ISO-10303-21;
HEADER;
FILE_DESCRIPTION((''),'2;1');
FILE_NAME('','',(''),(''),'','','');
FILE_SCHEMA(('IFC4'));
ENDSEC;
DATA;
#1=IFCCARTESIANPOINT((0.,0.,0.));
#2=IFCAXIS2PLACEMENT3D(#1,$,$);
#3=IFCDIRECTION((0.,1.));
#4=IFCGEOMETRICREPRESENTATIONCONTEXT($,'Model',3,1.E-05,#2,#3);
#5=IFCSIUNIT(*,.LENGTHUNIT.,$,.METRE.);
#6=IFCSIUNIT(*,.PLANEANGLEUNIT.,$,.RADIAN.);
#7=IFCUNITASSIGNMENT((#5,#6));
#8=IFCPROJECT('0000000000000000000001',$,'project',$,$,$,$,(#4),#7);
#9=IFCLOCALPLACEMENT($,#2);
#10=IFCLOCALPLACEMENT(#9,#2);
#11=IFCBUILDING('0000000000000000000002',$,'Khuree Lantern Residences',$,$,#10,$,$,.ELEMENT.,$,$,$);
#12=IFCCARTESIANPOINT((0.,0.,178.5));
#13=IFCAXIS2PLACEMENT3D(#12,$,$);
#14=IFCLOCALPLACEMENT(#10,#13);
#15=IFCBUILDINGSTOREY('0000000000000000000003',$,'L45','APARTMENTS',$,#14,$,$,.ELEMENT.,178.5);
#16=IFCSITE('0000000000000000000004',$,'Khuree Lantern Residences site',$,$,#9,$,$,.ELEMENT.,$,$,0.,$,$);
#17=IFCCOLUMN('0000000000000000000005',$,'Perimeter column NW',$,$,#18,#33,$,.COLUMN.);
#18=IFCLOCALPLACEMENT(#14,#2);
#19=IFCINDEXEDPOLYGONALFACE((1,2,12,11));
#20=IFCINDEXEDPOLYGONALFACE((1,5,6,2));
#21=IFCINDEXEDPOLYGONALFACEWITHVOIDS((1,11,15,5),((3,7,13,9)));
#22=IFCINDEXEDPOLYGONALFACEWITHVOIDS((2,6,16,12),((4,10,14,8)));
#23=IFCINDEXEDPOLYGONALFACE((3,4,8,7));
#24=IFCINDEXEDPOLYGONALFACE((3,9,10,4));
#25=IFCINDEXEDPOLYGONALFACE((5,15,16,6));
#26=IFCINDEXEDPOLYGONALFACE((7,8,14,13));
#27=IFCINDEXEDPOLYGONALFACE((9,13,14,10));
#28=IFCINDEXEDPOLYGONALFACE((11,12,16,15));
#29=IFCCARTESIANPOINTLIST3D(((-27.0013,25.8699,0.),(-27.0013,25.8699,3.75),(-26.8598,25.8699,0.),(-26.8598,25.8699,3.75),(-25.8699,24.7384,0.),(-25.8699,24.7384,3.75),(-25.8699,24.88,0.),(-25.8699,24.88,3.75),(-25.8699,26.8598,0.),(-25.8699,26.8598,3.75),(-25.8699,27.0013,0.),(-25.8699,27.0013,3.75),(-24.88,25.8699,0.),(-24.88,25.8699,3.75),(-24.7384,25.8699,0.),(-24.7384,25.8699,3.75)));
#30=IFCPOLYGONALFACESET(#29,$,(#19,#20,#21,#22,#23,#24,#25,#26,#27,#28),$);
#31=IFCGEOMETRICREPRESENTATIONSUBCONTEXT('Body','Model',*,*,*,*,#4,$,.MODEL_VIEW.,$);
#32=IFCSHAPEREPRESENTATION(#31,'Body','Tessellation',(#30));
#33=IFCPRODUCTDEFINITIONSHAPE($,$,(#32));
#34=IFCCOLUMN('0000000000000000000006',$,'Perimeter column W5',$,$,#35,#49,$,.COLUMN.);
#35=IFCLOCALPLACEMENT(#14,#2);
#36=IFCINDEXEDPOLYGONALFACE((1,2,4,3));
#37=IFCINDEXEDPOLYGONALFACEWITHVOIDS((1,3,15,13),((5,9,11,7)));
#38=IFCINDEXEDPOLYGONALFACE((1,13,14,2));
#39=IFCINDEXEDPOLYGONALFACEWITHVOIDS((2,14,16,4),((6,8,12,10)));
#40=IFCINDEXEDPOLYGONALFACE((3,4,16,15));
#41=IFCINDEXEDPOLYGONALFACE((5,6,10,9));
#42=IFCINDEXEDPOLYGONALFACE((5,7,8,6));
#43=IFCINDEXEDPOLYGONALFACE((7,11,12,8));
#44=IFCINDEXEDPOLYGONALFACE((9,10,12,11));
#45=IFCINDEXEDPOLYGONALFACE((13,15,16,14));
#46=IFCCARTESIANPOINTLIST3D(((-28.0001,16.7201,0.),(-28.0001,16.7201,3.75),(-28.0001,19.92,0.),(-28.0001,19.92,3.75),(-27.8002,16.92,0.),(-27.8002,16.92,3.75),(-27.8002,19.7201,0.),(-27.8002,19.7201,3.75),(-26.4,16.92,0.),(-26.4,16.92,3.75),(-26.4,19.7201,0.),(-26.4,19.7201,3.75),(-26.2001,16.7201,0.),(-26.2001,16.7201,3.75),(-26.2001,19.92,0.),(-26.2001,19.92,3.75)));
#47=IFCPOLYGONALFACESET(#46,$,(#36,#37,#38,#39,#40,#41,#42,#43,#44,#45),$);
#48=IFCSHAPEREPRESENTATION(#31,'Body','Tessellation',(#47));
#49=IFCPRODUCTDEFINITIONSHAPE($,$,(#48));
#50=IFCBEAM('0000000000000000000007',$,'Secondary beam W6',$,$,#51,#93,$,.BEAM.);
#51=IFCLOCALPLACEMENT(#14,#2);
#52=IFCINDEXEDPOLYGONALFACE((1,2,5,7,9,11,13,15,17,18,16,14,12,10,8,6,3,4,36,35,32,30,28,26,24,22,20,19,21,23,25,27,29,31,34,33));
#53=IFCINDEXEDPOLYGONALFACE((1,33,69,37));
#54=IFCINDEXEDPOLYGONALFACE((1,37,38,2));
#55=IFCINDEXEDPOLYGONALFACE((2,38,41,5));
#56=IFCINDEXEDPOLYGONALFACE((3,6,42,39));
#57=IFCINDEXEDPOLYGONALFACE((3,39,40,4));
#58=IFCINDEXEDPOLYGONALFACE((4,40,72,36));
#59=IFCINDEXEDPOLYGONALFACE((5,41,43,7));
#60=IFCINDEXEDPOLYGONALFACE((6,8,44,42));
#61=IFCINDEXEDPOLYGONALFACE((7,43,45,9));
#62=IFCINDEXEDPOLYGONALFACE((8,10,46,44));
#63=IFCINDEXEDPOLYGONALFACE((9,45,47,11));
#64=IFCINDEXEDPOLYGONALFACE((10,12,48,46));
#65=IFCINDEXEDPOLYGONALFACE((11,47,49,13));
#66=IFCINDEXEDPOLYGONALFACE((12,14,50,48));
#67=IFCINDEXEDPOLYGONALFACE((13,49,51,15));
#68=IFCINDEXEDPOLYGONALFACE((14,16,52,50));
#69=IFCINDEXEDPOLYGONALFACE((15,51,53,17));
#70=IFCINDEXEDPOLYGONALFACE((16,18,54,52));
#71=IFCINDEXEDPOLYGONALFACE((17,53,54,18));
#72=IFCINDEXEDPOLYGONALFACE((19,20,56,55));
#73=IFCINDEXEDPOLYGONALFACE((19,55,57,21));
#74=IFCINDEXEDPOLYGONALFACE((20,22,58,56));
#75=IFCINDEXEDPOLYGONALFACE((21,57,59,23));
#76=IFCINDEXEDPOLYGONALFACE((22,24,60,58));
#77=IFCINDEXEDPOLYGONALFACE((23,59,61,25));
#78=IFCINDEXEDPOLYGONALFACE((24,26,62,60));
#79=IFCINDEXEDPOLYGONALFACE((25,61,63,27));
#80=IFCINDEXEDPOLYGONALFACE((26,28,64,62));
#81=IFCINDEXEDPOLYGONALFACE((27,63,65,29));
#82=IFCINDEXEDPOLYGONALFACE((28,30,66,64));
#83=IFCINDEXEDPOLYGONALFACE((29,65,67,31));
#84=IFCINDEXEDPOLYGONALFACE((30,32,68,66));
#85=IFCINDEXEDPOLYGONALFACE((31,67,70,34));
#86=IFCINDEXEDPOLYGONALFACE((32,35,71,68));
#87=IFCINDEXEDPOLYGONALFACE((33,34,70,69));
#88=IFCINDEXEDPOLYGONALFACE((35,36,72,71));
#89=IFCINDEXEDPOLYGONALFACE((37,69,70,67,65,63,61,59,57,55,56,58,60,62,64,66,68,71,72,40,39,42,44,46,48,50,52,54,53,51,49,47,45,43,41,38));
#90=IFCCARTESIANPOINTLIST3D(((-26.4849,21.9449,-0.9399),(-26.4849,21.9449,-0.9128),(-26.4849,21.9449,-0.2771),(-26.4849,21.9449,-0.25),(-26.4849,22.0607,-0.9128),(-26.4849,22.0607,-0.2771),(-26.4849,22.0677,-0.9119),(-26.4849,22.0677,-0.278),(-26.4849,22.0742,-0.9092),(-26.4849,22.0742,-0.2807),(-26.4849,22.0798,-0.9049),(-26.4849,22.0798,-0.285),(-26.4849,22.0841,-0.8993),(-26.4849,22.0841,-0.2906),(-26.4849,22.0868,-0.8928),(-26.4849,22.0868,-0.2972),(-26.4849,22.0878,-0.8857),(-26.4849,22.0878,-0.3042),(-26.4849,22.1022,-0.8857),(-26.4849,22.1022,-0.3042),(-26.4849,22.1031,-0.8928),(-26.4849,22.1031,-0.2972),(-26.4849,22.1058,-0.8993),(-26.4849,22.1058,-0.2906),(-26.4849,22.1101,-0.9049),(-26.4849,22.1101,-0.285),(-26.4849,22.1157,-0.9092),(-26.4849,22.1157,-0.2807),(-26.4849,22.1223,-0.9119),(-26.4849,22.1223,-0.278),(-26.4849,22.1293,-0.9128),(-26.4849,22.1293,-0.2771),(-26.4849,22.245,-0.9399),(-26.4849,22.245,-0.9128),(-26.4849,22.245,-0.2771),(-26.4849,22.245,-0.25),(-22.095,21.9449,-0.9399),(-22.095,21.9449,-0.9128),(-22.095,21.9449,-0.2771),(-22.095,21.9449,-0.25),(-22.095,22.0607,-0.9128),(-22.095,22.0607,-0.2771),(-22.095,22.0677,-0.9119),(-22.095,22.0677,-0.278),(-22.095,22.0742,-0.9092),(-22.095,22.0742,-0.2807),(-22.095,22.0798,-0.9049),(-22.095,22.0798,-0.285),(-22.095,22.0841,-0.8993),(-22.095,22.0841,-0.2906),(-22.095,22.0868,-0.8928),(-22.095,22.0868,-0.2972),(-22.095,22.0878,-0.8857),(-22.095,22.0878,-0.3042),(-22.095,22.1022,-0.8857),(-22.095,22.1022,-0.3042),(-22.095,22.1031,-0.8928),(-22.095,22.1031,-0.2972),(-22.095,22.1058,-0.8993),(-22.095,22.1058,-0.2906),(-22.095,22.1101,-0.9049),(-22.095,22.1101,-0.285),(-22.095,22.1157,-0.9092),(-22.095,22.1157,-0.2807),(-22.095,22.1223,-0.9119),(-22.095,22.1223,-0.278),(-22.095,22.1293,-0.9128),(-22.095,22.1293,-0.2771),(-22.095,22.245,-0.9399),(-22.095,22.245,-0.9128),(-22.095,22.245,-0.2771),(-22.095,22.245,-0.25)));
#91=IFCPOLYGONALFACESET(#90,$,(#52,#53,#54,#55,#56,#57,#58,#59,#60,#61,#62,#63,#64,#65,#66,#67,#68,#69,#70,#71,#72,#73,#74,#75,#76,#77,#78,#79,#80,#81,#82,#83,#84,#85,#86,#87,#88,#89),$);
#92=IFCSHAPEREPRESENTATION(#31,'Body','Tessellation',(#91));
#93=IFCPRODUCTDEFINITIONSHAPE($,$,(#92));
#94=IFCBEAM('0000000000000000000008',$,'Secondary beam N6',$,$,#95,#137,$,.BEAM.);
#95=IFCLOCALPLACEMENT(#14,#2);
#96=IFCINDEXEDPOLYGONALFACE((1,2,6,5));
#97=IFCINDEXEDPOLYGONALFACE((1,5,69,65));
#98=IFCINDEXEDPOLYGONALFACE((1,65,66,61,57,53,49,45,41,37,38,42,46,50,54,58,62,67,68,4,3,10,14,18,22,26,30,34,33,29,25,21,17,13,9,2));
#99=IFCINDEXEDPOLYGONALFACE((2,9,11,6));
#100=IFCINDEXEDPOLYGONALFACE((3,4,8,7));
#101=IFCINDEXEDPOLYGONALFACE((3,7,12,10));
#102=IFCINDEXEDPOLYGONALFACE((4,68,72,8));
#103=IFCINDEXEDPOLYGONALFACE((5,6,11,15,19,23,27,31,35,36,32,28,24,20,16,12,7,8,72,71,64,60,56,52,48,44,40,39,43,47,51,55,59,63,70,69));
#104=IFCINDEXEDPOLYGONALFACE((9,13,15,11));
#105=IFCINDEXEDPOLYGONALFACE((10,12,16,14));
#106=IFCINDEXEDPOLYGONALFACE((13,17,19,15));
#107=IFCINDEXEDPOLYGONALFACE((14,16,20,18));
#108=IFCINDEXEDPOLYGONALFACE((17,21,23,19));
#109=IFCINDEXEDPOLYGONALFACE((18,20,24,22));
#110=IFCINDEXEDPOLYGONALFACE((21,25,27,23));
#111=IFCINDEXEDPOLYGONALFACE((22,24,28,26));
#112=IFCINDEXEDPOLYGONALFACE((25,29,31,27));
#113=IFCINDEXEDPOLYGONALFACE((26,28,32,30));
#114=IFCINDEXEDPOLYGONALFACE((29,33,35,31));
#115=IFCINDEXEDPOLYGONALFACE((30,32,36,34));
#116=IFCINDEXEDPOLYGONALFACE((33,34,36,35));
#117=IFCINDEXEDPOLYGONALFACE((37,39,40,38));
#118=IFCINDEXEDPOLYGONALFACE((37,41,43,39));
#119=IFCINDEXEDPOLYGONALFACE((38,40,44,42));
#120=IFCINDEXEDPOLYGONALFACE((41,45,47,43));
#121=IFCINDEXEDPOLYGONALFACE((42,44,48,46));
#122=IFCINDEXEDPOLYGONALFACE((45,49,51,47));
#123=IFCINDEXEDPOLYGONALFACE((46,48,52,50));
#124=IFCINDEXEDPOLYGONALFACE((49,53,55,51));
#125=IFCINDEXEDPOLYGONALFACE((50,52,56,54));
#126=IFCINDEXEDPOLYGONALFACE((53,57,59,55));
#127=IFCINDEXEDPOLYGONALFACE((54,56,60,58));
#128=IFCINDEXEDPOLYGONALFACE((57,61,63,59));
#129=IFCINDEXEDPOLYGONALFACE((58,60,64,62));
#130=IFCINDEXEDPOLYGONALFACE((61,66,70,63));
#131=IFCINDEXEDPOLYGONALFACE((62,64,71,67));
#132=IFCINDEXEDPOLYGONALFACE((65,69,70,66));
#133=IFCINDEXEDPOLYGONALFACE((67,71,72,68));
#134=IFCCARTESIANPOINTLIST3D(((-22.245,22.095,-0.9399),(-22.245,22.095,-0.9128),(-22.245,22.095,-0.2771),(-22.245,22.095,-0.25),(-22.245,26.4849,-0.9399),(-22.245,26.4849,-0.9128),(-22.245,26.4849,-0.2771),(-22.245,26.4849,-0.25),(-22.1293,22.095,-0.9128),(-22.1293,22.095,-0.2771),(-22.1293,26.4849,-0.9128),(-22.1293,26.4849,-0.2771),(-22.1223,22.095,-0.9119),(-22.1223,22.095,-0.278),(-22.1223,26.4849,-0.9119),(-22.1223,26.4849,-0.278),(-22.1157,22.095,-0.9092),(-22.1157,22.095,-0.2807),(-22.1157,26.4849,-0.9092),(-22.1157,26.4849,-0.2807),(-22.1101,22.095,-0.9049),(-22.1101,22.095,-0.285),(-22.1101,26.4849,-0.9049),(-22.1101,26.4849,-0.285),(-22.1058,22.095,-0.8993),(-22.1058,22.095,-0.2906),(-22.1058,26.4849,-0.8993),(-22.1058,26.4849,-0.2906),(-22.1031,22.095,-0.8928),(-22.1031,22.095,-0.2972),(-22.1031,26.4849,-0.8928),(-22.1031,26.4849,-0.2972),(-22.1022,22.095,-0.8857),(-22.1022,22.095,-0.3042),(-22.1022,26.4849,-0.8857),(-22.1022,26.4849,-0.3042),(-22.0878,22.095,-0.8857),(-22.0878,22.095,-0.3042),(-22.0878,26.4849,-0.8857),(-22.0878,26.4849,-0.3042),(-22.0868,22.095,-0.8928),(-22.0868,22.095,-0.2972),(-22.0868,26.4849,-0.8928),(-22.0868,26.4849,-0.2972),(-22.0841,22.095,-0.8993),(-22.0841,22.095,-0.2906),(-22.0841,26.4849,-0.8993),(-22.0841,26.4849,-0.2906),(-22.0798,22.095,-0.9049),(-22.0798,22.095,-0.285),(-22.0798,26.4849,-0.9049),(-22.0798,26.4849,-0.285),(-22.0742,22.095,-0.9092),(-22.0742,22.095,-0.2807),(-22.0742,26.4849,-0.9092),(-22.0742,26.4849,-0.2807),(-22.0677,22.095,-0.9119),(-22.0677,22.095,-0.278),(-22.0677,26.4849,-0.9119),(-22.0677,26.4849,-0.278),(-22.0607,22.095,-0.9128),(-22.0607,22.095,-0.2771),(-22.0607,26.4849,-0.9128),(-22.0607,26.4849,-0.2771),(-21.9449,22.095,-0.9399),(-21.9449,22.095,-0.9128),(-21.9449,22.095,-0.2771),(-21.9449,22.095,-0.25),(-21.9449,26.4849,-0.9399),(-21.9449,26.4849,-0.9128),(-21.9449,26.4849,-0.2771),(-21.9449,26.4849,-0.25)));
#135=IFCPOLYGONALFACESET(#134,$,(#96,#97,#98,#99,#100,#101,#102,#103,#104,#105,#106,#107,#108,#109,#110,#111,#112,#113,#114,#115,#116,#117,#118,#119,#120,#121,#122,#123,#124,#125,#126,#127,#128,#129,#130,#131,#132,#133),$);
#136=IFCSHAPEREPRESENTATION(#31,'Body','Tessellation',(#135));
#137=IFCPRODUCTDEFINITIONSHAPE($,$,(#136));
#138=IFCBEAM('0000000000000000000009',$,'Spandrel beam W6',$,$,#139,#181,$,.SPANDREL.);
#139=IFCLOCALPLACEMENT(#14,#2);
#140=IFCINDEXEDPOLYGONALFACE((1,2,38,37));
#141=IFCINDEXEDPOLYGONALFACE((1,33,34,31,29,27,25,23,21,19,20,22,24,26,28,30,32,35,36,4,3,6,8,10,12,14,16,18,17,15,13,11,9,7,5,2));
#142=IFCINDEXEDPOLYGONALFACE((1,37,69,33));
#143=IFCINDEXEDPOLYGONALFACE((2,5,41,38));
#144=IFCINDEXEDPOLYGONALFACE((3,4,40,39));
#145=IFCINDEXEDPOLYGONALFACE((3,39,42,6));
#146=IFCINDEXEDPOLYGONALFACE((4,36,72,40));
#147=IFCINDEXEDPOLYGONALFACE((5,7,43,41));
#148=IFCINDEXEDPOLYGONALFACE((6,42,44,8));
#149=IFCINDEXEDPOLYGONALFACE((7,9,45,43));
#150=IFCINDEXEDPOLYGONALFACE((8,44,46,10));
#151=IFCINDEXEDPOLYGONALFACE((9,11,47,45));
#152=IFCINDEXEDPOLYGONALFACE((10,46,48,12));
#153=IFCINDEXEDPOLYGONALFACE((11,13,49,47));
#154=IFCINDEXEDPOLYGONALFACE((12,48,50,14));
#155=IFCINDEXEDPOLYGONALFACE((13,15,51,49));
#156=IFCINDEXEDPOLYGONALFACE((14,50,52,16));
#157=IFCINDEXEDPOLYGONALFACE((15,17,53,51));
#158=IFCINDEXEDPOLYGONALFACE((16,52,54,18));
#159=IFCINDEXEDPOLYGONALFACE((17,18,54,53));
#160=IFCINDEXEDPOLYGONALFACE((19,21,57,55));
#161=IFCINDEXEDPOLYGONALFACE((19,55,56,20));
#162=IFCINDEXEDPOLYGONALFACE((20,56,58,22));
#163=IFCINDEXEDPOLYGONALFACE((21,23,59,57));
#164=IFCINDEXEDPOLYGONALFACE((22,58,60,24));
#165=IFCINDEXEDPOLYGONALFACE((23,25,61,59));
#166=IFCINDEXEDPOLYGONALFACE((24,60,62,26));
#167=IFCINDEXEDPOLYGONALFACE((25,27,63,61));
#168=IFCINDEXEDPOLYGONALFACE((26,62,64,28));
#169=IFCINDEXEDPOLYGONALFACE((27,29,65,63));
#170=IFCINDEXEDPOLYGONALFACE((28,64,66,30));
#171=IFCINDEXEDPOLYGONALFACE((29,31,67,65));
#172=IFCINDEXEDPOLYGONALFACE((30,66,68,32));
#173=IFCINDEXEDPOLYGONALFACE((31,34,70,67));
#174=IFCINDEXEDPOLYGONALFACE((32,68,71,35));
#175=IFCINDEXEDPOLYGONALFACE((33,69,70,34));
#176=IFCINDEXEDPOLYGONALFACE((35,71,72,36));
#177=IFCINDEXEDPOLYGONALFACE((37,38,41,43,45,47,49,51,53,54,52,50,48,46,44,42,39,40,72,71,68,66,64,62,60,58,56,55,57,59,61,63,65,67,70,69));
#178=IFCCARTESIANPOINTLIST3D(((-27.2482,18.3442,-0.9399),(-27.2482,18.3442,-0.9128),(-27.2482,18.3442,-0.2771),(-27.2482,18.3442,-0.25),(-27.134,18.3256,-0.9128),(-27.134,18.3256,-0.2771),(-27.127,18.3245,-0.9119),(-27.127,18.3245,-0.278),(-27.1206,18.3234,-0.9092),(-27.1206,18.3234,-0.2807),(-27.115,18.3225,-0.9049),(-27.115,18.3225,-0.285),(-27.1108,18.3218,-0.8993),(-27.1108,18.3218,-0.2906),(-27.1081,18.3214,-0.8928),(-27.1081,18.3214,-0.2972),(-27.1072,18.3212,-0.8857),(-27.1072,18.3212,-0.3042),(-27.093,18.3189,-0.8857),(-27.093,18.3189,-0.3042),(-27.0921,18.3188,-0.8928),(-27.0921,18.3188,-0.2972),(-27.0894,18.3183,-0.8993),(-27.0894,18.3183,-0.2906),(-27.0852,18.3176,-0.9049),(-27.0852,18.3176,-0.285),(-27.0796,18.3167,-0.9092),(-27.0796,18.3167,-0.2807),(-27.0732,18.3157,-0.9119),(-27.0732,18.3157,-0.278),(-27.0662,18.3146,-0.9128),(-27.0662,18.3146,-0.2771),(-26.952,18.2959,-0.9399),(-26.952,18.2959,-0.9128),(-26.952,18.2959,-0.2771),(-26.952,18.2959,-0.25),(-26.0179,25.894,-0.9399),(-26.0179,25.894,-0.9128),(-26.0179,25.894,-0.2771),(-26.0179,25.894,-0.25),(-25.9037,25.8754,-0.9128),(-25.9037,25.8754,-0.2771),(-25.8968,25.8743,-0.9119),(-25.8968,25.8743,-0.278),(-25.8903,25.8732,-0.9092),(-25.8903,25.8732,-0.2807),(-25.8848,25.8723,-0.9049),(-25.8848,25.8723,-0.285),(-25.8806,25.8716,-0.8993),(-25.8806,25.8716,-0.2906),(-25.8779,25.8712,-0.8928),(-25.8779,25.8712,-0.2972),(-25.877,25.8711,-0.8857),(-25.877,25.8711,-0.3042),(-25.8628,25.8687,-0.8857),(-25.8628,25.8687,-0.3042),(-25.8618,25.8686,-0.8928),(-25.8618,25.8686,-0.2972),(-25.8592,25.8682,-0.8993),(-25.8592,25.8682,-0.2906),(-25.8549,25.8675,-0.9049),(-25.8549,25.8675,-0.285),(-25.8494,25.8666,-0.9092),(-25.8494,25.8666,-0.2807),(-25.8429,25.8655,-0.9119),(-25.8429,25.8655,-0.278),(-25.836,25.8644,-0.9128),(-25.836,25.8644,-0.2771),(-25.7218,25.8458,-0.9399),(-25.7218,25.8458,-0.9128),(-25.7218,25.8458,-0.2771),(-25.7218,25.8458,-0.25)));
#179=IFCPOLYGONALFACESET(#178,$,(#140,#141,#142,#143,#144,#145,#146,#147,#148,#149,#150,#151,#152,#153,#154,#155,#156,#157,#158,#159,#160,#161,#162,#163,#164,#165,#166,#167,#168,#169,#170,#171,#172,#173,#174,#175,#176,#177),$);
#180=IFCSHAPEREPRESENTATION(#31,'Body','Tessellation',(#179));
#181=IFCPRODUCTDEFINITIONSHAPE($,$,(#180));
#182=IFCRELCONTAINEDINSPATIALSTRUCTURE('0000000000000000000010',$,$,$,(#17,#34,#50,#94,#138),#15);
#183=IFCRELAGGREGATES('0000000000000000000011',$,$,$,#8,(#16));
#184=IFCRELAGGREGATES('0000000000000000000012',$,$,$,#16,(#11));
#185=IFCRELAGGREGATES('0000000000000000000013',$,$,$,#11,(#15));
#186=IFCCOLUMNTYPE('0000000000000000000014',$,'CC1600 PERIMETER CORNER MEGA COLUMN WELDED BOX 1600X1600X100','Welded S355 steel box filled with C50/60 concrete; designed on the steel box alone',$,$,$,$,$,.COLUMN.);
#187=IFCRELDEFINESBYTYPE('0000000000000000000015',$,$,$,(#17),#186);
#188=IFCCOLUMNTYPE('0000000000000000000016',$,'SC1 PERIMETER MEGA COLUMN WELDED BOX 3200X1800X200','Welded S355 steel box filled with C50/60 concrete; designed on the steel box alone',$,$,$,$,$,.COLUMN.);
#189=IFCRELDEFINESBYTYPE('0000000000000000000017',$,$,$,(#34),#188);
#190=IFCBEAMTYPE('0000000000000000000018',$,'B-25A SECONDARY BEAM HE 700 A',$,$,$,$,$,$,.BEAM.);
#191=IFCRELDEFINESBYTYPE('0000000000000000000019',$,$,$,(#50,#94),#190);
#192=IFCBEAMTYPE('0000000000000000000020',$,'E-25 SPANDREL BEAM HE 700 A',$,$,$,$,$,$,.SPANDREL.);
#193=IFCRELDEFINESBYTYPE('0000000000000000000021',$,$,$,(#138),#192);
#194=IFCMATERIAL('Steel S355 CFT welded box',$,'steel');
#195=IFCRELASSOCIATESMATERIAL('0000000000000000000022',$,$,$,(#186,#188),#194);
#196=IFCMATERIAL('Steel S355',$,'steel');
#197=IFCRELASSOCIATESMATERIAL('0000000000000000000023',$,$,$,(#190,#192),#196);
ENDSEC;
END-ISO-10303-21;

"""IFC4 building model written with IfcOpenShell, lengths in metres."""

from ifc_helpers import new_model, si_unit, direction, frame, origin, origin_2d, place, context, subcontext, project, spatial, hollow_rectangle, i_section, extrude, material, material_profile, profile_set, type_object, element, save


model = new_model("IFC4")

# Units and contexts
model_context = context("Model", 3, precision=1e-05, world=origin(), true_north=direction((0.0, 1.0)))
body_context = subcontext(model_context, "Body", "Model", "MODEL_VIEW")
ifc_project = project(units=[si_unit("LENGTHUNIT", "METRE"), si_unit("PLANEANGLEUNIT", "RADIAN")], contexts=[model_context])

# Site, building, storey
site_placement = place(None, origin())
site = spatial("IfcSite", under=ifc_project, at=site_placement, Name="Khuree Lantern Residences site", CompositionType="ELEMENT", RefElevation=0.0)
building_placement = place(site_placement, origin())
building = spatial("IfcBuilding", under=site, at=building_placement, Name="Khuree Lantern Residences", CompositionType="ELEMENT")
storey_placement = place(building_placement, frame((0.0, 0.0, 178.5)))
storey = spatial("IfcBuildingStorey", under=building, at=storey_placement, Name="L45", Description="APARTMENTS", CompositionType="ELEMENT", Elevation=178.5)

# Columns
ifc_material_1 = material(Name="Steel S355 CFT welded box", Category="steel")
ifc_material_profile_1 = material_profile(ifc_material_1, hollow_rectangle(XDim=1.6001, YDim=1.6001, WallThickness=0.1001, at=origin_2d()), Name="WELDED BOX 1600X1600X100")
ifc_profile_set_1 = profile_set([ifc_material_profile_1], Name="Steel S355 CFT welded box")
column_type_1 = type_object("IfcColumnType", Name="CC1600 PERIMETER CORNER MEGA COLUMN WELDED BOX 1600X1600X100", Description="Welded S355 steel box filled with C50/60 concrete; designed on the steel box alone", PredefinedType="COLUMN", material=ifc_profile_set_1)
column_1_placement = place(storey_placement, frame((-25.8699, 25.8699, 0.0), z_axis=(0.0, 0.0, 1.0), x_axis=(0.707107, 0.707107, 0.0)))
element("IfcColumn", 1, at=column_1_placement, inside=storey, type_object=column_type_1, Name="Perimeter column NW", PredefinedType="COLUMN", context=body_context, shape_type="SweptSolid", body=[
    extrude(hollow_rectangle(XDim=1.6001, YDim=1.6001, WallThickness=0.1001, at=origin_2d()), origin(), (0.0, 0.0, 1.0), 3.75),
])
ifc_material_profile_2 = material_profile(ifc_material_1, hollow_rectangle(XDim=3.2, YDim=1.8, WallThickness=0.2, at=origin_2d()), Name="WELDED BOX 3200X1800X200")
ifc_profile_set_2 = profile_set([ifc_material_profile_2], Name="Steel S355 CFT welded box")
column_type_2 = type_object("IfcColumnType", Name="SC1 PERIMETER MEGA COLUMN WELDED BOX 3200X1800X200", Description="Welded S355 steel box filled with C50/60 concrete; designed on the steel box alone", PredefinedType="COLUMN", material=ifc_profile_set_2)
column_2_placement = place(storey_placement, frame((-27.1001, 18.3201, 0.0), z_axis=(0.0, 0.0, 1.0), x_axis=(0.0, 1.0, 0.0)))
element("IfcColumn", 2, at=column_2_placement, inside=storey, type_object=column_type_2, Name="Perimeter column W5", PredefinedType="COLUMN", context=body_context, shape_type="SweptSolid", body=[
    extrude(hollow_rectangle(XDim=3.2, YDim=1.8, WallThickness=0.2, at=origin_2d()), origin(), (0.0, 0.0, 1.0), 3.75),
])

# Beams
ifc_material_2 = material(Name="Steel S355", Category="steel")
ifc_material_profile_3 = material_profile(ifc_material_2, i_section(OverallWidth=0.3, OverallDepth=0.6899, WebThickness=0.0144, FlangeThickness=0.0271, FilletRadius=0.0271, at=origin_2d()), Name="HE 700 A")
ifc_profile_set_3 = profile_set([ifc_material_profile_3], Name="Steel S355")
beam_type_1 = type_object("IfcBeamType", Name="B-25A SECONDARY BEAM HE 700 A", PredefinedType="BEAM", material=ifc_profile_set_3)
for number, where, z_axis, x_axis, name in (
    (3, (-26.4849, 22.095, -0.595), (1.0, 0.0, 0.0), (0.0, 1.0, 0.0), "Secondary beam W6"),
    (4, (-22.095, 26.4849, -0.595), (0.0, -1.0, 0.0), (1.0, 0.0, 0.0), "Secondary beam N6"),
):
    element("IfcBeam", number, at=place(storey_placement, frame(where, z_axis=z_axis, x_axis=x_axis)), inside=storey, type_object=beam_type_1, Name=name, PredefinedType="BEAM", context=body_context, shape_type="SweptSolid", body=[
        extrude(i_section(OverallWidth=0.3, OverallDepth=0.6899, WebThickness=0.0144, FlangeThickness=0.0271, FilletRadius=0.0271, at=origin_2d()), origin(), (0.0, 0.0, 1.0), 4.3899),
    ])
ifc_material_profile_4 = material_profile(ifc_material_2, i_section(OverallWidth=0.3, OverallDepth=0.6899, WebThickness=0.0144, FlangeThickness=0.0271, FilletRadius=0.0271, at=origin_2d()), Name="HE 700 A")
ifc_profile_set_4 = profile_set([ifc_material_profile_4], Name="Steel S355")
beam_type_2 = type_object("IfcBeamType", Name="E-25 SPANDREL BEAM HE 700 A", PredefinedType="SPANDREL", material=ifc_profile_set_4)
for number, where, z_axis, x_axis, name in (
    (5, (-27.1001, 18.3201, -0.595), (0.160827, 0.986983, 0.0), (-0.986983, 0.160827, 0.0), "Spandrel beam W6"),
):
    element("IfcBeam", number, at=place(storey_placement, frame(where, z_axis=z_axis, x_axis=x_axis)), inside=storey, type_object=beam_type_2, Name=name, PredefinedType="SPANDREL", context=body_context, shape_type="SweptSolid", body=[
        extrude(i_section(OverallWidth=0.3, OverallDepth=0.6899, WebThickness=0.0144, FlangeThickness=0.0271, FilletRadius=0.0271, at=origin_2d()), origin(), (0.0, 0.0, 1.0), 7.6494),
    ])

save(model, "model.ifc")
